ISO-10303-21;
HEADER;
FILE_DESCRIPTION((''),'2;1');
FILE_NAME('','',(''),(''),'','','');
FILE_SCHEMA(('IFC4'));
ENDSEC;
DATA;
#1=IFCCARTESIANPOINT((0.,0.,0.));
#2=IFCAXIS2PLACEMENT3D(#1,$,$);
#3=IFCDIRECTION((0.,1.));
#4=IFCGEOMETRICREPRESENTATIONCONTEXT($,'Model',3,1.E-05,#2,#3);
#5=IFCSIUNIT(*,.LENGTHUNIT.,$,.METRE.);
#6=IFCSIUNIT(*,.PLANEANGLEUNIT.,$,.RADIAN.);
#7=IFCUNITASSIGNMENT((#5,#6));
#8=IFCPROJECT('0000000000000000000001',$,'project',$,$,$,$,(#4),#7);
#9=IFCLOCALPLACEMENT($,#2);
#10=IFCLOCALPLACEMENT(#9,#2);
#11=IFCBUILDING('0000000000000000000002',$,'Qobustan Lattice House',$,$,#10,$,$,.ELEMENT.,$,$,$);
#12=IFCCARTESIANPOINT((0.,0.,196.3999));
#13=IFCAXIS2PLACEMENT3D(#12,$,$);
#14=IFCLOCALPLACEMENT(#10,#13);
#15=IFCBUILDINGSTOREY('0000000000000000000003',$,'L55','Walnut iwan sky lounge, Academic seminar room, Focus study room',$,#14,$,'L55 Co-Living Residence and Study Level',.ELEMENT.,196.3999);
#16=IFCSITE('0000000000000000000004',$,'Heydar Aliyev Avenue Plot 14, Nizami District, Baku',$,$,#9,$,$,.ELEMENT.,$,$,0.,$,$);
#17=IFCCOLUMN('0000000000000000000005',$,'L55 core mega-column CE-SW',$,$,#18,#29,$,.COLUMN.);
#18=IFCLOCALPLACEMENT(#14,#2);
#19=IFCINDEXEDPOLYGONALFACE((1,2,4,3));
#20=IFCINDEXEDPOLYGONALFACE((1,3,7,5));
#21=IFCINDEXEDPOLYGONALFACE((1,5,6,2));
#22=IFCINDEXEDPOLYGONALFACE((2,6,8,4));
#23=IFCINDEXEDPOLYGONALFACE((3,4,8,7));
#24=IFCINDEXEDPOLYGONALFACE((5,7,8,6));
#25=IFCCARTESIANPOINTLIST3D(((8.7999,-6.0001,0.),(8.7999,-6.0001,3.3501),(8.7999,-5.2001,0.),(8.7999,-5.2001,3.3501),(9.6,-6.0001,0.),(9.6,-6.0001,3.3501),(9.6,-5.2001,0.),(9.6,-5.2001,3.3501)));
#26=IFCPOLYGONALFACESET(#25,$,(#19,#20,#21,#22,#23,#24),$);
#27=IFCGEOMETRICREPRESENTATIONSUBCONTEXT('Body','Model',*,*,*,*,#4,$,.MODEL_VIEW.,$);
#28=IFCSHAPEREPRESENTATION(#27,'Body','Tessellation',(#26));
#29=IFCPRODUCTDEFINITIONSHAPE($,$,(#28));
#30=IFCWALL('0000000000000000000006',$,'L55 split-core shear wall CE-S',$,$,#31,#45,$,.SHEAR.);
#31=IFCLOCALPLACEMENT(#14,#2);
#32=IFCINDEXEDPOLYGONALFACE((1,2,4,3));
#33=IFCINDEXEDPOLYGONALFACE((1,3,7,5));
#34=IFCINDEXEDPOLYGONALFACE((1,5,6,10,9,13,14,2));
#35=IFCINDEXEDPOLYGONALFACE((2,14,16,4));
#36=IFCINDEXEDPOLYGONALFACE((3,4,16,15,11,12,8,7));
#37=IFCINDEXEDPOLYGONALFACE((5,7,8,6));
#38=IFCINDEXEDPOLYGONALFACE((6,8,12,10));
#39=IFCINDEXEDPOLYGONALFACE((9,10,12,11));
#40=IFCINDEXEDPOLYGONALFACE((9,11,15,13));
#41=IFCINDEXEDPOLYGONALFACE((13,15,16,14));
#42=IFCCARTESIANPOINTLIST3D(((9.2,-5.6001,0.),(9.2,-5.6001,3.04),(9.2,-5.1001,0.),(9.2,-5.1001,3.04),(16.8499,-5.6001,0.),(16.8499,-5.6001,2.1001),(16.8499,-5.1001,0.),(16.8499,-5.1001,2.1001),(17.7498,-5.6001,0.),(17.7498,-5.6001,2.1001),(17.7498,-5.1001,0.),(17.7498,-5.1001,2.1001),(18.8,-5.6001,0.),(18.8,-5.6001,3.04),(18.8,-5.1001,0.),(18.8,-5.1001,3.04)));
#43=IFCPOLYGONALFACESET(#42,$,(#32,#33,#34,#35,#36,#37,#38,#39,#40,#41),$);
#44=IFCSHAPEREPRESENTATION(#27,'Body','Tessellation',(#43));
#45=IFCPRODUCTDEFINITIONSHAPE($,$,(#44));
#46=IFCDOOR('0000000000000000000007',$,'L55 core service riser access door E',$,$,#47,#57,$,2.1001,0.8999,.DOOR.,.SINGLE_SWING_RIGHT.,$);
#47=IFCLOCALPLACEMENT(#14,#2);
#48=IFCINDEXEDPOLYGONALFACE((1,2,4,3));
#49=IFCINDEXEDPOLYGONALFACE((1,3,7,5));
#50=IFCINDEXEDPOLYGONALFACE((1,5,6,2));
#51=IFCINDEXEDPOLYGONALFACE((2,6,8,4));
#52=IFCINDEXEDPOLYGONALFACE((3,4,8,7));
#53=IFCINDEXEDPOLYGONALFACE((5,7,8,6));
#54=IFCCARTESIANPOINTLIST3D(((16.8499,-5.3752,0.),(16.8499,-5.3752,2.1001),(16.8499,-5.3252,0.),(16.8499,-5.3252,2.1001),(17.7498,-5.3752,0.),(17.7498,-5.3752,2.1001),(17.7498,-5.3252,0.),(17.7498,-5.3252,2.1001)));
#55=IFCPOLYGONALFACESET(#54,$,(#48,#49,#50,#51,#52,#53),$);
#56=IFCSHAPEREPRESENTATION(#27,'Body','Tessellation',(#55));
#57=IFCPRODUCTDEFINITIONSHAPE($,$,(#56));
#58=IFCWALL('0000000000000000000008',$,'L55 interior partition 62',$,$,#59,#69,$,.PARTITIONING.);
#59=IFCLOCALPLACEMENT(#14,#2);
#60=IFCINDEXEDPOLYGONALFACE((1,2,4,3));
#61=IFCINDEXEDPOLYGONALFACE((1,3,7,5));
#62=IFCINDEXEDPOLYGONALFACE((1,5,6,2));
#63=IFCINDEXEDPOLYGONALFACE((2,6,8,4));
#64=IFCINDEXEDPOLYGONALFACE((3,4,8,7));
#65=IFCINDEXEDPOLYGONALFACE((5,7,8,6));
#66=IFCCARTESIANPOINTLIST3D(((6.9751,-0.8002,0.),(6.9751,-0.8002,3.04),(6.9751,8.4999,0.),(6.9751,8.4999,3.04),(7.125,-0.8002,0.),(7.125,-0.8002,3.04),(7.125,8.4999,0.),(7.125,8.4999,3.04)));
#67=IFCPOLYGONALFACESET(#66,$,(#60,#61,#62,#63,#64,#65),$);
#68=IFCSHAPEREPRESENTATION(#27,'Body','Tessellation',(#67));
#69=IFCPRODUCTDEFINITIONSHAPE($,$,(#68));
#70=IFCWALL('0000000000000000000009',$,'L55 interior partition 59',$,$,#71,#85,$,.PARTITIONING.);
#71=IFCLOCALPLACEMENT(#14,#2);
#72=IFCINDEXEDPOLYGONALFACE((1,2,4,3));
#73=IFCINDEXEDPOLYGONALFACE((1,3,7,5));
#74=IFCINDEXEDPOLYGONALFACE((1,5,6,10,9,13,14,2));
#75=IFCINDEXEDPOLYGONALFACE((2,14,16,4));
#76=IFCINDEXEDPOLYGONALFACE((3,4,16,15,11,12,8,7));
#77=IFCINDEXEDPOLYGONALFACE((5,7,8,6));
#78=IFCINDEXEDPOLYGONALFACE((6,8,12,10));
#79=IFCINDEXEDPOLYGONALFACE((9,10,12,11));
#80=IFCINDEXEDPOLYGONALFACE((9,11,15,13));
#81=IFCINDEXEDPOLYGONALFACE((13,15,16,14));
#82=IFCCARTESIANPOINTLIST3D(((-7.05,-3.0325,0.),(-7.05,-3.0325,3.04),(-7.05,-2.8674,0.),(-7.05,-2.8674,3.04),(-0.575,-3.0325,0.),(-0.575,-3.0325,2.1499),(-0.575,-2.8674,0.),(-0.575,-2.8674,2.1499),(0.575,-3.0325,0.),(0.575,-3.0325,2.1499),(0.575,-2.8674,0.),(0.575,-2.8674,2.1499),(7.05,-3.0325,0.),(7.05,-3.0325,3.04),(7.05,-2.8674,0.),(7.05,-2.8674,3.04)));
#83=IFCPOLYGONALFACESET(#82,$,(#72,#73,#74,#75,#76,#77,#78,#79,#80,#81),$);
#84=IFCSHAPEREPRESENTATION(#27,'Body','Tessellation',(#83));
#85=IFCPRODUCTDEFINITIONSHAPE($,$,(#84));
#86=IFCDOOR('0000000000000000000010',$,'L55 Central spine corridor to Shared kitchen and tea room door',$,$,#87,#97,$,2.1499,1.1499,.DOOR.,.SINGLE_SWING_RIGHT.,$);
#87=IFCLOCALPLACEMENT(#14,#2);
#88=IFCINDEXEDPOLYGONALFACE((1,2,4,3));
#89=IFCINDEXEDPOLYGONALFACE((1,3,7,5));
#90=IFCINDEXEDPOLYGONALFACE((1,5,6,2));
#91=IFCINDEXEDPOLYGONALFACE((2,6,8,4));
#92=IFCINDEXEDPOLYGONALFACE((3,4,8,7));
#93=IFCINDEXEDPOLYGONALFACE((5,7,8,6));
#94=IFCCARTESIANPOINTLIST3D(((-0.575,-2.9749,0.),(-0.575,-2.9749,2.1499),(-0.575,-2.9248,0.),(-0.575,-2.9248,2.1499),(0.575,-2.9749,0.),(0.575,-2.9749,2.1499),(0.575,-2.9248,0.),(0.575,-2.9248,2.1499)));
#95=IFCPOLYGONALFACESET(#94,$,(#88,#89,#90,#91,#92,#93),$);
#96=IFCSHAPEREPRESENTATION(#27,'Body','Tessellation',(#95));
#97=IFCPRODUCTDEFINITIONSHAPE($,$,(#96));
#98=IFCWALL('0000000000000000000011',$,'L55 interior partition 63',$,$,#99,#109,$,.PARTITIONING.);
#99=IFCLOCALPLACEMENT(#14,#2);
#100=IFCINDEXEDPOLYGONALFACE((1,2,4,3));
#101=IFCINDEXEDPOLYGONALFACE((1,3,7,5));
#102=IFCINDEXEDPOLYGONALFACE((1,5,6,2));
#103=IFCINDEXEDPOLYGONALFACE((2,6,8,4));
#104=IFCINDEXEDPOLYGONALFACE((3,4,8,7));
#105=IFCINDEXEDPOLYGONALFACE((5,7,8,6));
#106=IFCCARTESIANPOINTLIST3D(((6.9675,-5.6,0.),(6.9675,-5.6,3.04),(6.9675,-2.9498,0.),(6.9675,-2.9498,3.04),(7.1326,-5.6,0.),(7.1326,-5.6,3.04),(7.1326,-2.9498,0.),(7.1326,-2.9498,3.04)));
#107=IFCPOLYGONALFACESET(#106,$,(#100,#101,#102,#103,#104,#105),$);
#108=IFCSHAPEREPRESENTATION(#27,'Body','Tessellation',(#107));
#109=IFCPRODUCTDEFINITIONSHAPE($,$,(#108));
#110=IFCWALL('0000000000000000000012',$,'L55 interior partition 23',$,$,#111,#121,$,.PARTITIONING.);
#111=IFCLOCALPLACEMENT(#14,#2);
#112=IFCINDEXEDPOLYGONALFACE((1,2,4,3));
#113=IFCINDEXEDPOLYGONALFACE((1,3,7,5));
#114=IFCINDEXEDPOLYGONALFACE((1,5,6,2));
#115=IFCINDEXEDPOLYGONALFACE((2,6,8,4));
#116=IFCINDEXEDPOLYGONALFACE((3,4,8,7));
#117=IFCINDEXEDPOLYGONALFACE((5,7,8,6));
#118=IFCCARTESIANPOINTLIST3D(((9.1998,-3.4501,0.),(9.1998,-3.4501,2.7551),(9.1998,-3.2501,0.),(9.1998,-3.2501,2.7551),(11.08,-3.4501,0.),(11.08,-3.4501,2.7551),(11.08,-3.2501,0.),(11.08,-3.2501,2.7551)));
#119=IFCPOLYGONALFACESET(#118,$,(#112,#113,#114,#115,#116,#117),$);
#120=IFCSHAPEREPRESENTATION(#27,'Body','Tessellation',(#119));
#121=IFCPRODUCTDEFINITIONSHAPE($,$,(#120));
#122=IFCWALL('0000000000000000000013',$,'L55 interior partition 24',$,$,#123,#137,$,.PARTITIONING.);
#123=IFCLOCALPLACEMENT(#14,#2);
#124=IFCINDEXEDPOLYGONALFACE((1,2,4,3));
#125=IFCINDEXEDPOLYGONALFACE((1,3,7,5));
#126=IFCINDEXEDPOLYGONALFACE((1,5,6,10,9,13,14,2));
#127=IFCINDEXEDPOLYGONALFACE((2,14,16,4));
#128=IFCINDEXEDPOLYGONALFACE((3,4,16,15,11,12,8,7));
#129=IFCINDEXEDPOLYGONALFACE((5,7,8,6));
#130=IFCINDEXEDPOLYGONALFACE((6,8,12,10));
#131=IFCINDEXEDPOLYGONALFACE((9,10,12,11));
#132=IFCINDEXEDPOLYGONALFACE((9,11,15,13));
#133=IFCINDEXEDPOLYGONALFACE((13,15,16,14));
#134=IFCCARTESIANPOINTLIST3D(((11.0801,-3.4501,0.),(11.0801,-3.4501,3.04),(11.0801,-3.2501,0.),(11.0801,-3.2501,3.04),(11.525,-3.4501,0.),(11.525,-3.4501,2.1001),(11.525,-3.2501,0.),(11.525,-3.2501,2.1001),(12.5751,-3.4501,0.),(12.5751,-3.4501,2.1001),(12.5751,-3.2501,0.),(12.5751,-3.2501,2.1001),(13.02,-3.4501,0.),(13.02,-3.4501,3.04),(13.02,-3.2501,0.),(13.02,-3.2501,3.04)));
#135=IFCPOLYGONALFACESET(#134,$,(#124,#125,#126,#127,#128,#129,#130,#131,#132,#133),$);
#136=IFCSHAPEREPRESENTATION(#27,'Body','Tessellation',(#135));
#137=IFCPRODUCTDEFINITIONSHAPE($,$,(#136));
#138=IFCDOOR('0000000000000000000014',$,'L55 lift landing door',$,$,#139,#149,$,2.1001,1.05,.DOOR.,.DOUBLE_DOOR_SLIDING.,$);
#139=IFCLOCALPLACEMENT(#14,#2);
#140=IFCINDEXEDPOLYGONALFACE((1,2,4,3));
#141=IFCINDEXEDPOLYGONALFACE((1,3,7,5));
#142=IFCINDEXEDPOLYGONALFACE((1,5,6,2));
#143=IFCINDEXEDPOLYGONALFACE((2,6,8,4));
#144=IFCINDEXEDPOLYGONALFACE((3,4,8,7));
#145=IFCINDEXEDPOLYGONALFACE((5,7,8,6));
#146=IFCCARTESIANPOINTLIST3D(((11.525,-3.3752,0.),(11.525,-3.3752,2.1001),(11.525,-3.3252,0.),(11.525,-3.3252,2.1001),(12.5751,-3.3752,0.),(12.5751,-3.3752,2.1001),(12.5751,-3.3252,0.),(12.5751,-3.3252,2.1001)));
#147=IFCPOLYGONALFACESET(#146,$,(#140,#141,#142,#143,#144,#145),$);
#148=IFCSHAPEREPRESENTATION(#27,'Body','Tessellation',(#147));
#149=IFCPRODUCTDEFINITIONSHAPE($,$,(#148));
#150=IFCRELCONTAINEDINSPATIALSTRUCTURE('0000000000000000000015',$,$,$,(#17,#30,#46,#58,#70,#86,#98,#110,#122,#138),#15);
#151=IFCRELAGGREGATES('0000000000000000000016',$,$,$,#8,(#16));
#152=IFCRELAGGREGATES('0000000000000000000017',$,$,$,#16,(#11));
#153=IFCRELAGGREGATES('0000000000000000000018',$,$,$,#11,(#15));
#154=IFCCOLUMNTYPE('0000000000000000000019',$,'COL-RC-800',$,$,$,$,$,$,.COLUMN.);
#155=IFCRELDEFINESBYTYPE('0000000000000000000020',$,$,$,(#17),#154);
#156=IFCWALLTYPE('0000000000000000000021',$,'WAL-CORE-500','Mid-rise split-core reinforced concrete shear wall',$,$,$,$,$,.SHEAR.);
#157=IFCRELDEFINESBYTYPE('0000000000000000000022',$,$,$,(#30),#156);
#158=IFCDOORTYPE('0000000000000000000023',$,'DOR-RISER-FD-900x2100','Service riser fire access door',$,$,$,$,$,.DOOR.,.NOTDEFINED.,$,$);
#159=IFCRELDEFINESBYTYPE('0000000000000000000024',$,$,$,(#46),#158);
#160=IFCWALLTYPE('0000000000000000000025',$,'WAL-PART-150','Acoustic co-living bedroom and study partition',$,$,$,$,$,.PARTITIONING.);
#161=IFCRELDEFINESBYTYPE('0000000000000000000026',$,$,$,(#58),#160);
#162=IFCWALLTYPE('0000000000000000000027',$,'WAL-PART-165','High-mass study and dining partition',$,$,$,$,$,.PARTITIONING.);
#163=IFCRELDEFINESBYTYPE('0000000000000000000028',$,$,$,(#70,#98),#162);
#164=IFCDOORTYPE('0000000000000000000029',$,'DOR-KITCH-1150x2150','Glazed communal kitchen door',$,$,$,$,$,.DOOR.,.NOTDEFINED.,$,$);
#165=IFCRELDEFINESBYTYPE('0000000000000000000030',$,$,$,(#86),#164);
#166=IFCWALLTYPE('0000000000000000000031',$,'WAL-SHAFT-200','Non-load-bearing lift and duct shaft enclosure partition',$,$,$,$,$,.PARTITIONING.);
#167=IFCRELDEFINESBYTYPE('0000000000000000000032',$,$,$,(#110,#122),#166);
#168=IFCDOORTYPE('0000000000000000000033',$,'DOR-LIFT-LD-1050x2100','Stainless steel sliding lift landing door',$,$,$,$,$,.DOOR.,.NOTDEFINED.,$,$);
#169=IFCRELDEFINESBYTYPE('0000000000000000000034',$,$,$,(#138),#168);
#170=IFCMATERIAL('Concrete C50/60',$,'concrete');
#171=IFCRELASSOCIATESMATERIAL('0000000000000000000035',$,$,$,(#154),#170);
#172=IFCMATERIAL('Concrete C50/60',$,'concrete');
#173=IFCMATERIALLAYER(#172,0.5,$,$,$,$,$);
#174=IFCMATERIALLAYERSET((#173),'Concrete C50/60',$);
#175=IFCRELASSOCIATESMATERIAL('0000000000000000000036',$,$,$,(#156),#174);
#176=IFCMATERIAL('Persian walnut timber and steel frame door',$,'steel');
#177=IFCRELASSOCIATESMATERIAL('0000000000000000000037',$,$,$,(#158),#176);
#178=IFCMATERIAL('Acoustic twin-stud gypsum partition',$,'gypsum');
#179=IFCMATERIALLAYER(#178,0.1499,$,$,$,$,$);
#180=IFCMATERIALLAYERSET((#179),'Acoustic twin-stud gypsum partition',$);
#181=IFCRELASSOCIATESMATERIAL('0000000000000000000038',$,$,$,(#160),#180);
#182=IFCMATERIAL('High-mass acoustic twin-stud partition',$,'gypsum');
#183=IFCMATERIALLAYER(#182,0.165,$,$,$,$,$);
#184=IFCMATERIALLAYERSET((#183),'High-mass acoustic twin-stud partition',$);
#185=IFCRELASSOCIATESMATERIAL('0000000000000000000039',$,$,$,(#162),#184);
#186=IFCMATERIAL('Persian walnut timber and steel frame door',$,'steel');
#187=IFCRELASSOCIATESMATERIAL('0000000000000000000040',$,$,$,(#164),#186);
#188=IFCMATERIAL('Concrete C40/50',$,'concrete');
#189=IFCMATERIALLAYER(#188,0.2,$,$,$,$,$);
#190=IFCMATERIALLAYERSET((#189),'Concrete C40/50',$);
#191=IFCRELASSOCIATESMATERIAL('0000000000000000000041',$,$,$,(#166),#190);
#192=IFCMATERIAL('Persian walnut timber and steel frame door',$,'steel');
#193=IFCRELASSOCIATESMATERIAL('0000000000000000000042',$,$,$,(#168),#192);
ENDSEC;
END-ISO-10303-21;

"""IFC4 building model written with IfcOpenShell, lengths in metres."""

from ifc_helpers import new_model, si_unit, direction, frame, frame_2d, origin, origin_2d, place, context, subcontext, project, spatial, rectangle, extrude, material, layer, layer_set, material_profile, profile_set, type_object, element, fill, save


model = new_model("IFC4")

# Units and contexts
model_context = context("Model", 3, precision=1e-05, world=origin(), true_north=direction((0.0, 1.0)))
body_context = subcontext(model_context, "Body", "Model", "MODEL_VIEW")
ifc_project = project(units=[si_unit("LENGTHUNIT", "METRE"), si_unit("PLANEANGLEUNIT", "RADIAN")], contexts=[model_context])

# Site, building, storey
site_placement = place(None, origin())
site = spatial("IfcSite", under=ifc_project, at=site_placement, Name="Heydar Aliyev Avenue Plot 14, Nizami District, Baku", CompositionType="ELEMENT", RefElevation=0.0)
building_placement = place(site_placement, origin())
building = spatial("IfcBuilding", under=site, at=building_placement, Name="Qobustan Lattice House", CompositionType="ELEMENT")
storey_placement = place(building_placement, frame((0.0, 0.0, 196.3999)))
storey = spatial("IfcBuildingStorey", under=building, at=storey_placement, Name="L55", Description="Walnut iwan sky lounge, Academic seminar room, Focus study room", LongName="L55 Co-Living Residence and Study Level", CompositionType="ELEMENT", Elevation=196.3999)

# Column
ifc_material_1 = material(Name="Concrete C50/60", Category="concrete")
ifc_material_profile = material_profile(ifc_material_1, rectangle(XDim=0.8, YDim=0.8, at=origin_2d()), Name="RC800x800")
ifc_profile_set = profile_set([ifc_material_profile], Name="Concrete C50/60")
column_type = type_object("IfcColumnType", Name="COL-RC-800", PredefinedType="COLUMN", material=ifc_profile_set)
column_placement = place(storey_placement, frame((9.2, -5.6001, 0.0), z_axis=(0.0, 0.0, 1.0), x_axis=(1.0, 0.0, 0.0)))
element("IfcColumn", 1, at=column_placement, inside=storey, type_object=column_type, Name="L55 core mega-column CE-SW", PredefinedType="COLUMN", context=body_context, shape_type="SweptSolid", body=[
    extrude(rectangle(XDim=0.8, YDim=0.8, at=origin_2d()), origin(), (0.0, 0.0, 1.0), 3.3501),
])

# Wall, opening, door
ifc_material_2 = material(Name="Concrete C50/60", Category="concrete")
ifc_layer_1 = layer(ifc_material_2, 0.5)
ifc_layer_set_1 = layer_set([ifc_layer_1], Name="Concrete C50/60")
wall_type_1 = type_object("IfcWallType", Name="WAL-CORE-500", Description="Mid-rise split-core reinforced concrete shear wall", PredefinedType="SHEAR", material=ifc_layer_set_1)
wall_1_placement = place(storey_placement, frame((9.2, -5.3501, 0.0), z_axis=(0.0, 0.0, 1.0), x_axis=(1.0, 0.0, 0.0)))
wall_1 = element("IfcWall", 2, at=wall_1_placement, inside=storey, type_object=wall_type_1, Name="L55 split-core shear wall CE-S", PredefinedType="SHEAR", context=body_context, shape_type="SweptSolid", body=[
    extrude(rectangle(XDim=9.6001, YDim=0.5, at=frame_2d((4.8, 0.0))), origin(), (0.0, 0.0, 1.0), 3.04),
])
opening_1_placement = place(wall_1_placement, frame((7.6499, 0.0, 0.0)))
opening_1 = element("IfcOpeningElement", 3, at=opening_1_placement, cuts=wall_1, PredefinedType="OPENING", context=body_context, shape_type="SweptSolid", body=[
    extrude(rectangle(XDim=0.8999, YDim=2.1001, at=frame_2d((0.45, 1.05))), frame((0.0, 0.26, 0.0), z_axis=(0.0, -1.0, 0.0), x_axis=(1.0, 0.0, 0.0)), (0.0, 0.0, 1.0), 0.52),
])
ifc_material_3 = material(Name="Persian walnut timber and steel frame door", Category="steel")
door_type_1 = type_object("IfcDoorType", Name="DOR-RISER-FD-900x2100", Description="Service riser fire access door", OperationType="NOTDEFINED", PredefinedType="DOOR", material=ifc_material_3)
door_1_placement = place(opening_1_placement, origin())
door_1 = element("IfcDoor", 4, at=door_1_placement, inside=storey, type_object=door_type_1, Name="L55 core service riser access door E", OperationType="SINGLE_SWING_RIGHT", OverallHeight=2.1001, OverallWidth=0.8999, PredefinedType="DOOR", context=body_context, shape_type="SweptSolid", body=[
    extrude(rectangle(XDim=0.8999, YDim=2.1001, at=frame_2d((0.45, 1.05))), frame((0.0, 0.0249, 0.0), z_axis=(0.0, -1.0, 0.0), x_axis=(1.0, 0.0, 0.0)), (0.0, 0.0, 1.0), 0.05),
])
fill(opening_1, door_1)

# Wall
ifc_material_4 = material(Name="Acoustic twin-stud gypsum partition", Category="gypsum")
ifc_layer_2 = layer(ifc_material_4, 0.1499)
ifc_layer_set_2 = layer_set([ifc_layer_2], Name="Acoustic twin-stud gypsum partition")
wall_type_2 = type_object("IfcWallType", Name="WAL-PART-150", Description="Acoustic co-living bedroom and study partition", PredefinedType="PARTITIONING", material=ifc_layer_set_2)
wall_2_placement = place(storey_placement, frame((7.05, -0.8, 0.0), z_axis=(0.0, 0.0, 1.0), x_axis=(0.0, 1.0, 0.0)))
element("IfcWall", 5, at=wall_2_placement, inside=storey, type_object=wall_type_2, Name="L55 interior partition 62", PredefinedType="PARTITIONING", context=body_context, shape_type="SweptSolid", body=[
    extrude(rectangle(XDim=9.3, YDim=0.1499, at=frame_2d((4.6499, 0.0))), origin(), (0.0, 0.0, 1.0), 3.04),
])

# Wall, opening, door
ifc_material_5 = material(Name="High-mass acoustic twin-stud partition", Category="gypsum")
ifc_layer_3 = layer(ifc_material_5, 0.165)
ifc_layer_set_3 = layer_set([ifc_layer_3], Name="High-mass acoustic twin-stud partition")
wall_type_3 = type_object("IfcWallType", Name="WAL-PART-165", Description="High-mass study and dining partition", PredefinedType="PARTITIONING", material=ifc_layer_set_3)
wall_3_placement = place(storey_placement, frame((7.05, -2.95, 0.0), z_axis=(0.0, 0.0, 1.0), x_axis=(-1.0, 0.0, 0.0)))
wall_3 = element("IfcWall", 6, at=wall_3_placement, inside=storey, type_object=wall_type_3, Name="L55 interior partition 59", PredefinedType="PARTITIONING", context=body_context, shape_type="SweptSolid", body=[
    extrude(rectangle(XDim=14.1001, YDim=0.165, at=frame_2d((7.05, 0.0))), origin(), (0.0, 0.0, 1.0), 3.04),
])
opening_2_placement = place(wall_3_placement, frame((6.4751, 0.0, 0.0)))
opening_2 = element("IfcOpeningElement", 7, at=opening_2_placement, cuts=wall_3, PredefinedType="OPENING", context=body_context, shape_type="SweptSolid", body=[
    extrude(rectangle(XDim=1.1499, YDim=2.1499, at=frame_2d((0.575, 1.075))), frame((0.0, 0.0925, 0.0), z_axis=(0.0, -1.0, 0.0), x_axis=(1.0, 0.0, 0.0)), (0.0, 0.0, 1.0), 0.1851),
])
ifc_material_6 = material(Name="Persian walnut timber and steel frame door", Category="steel")
door_type_2 = type_object("IfcDoorType", Name="DOR-KITCH-1150x2150", Description="Glazed communal kitchen door", OperationType="NOTDEFINED", PredefinedType="DOOR", material=ifc_material_6)
door_2_placement = place(opening_2_placement, origin())
door_2 = element("IfcDoor", 8, at=door_2_placement, inside=storey, type_object=door_type_2, Name="L55 Central spine corridor to Shared kitchen and tea room door", OperationType="SINGLE_SWING_RIGHT", OverallHeight=2.1499, OverallWidth=1.1499, PredefinedType="DOOR", context=body_context, shape_type="SweptSolid", body=[
    extrude(rectangle(XDim=1.1499, YDim=2.1499, at=frame_2d((0.575, 1.075))), frame((0.0, 0.0249, 0.0), z_axis=(0.0, -1.0, 0.0), x_axis=(1.0, 0.0, 0.0)), (0.0, 0.0, 1.0), 0.05),
])
fill(opening_2, door_2)

# Walls
wall_4_placement = place(storey_placement, frame((7.05, -5.6001, 0.0), z_axis=(0.0, 0.0, 1.0), x_axis=(0.0, 1.0, 0.0)))
element("IfcWall", 9, at=wall_4_placement, inside=storey, type_object=wall_type_3, Name="L55 interior partition 63", PredefinedType="PARTITIONING", context=body_context, shape_type="SweptSolid", body=[
    extrude(rectangle(XDim=2.6501, YDim=0.165, at=frame_2d((1.3252, 0.0))), origin(), (0.0, 0.0, 1.0), 3.04),
])
ifc_material_7 = material(Name="Concrete C40/50", Category="concrete")
ifc_layer_4 = layer(ifc_material_7, 0.2)
ifc_layer_set_4 = layer_set([ifc_layer_4], Name="Concrete C40/50")
wall_type_4 = type_object("IfcWallType", Name="WAL-SHAFT-200", Description="Non-load-bearing lift and duct shaft enclosure partition", PredefinedType="PARTITIONING", material=ifc_layer_set_4)
wall_5_placement = place(storey_placement, frame((9.2, -3.3501, 0.0), z_axis=(0.0, 0.0, 1.0), x_axis=(1.0, 0.0, 0.0)))
element("IfcWall", 10, at=wall_5_placement, inside=storey, type_object=wall_type_4, Name="L55 interior partition 23", PredefinedType="PARTITIONING", context=body_context, shape_type="SweptSolid", body=[
    extrude(rectangle(XDim=1.8801, YDim=0.2, at=frame_2d((0.9399, 0.0))), origin(), (0.0, 0.0, 1.0), 2.7551),
])

# Wall, opening, door
wall_6_placement = place(storey_placement, frame((11.0801, -3.3501, 0.0), z_axis=(0.0, 0.0, 1.0), x_axis=(1.0, 0.0, 0.0)))
wall_6 = element("IfcWall", 11, at=wall_6_placement, inside=storey, type_object=wall_type_4, Name="L55 interior partition 24", PredefinedType="PARTITIONING", context=body_context, shape_type="SweptSolid", body=[
    extrude(rectangle(XDim=1.9399, YDim=0.2, at=frame_2d((0.97, 0.0))), origin(), (0.0, 0.0, 1.0), 3.04),
])
opening_3_placement = place(wall_6_placement, frame((0.4451, 0.0, 0.0)))
opening_3 = element("IfcOpeningElement", 12, at=opening_3_placement, cuts=wall_6, PredefinedType="OPENING", context=body_context, shape_type="SweptSolid", body=[
    extrude(rectangle(XDim=1.05, YDim=2.1001, at=frame_2d((0.5249, 1.05))), frame((0.0, 0.1099, 0.0), z_axis=(0.0, -1.0, 0.0), x_axis=(1.0, 0.0, 0.0)), (0.0, 0.0, 1.0), 0.22),
])
ifc_material_8 = material(Name="Persian walnut timber and steel frame door", Category="steel")
door_type_3 = type_object("IfcDoorType", Name="DOR-LIFT-LD-1050x2100", Description="Stainless steel sliding lift landing door", OperationType="NOTDEFINED", PredefinedType="DOOR", material=ifc_material_8)
door_3_placement = place(opening_3_placement, origin())
door_3 = element("IfcDoor", 13, at=door_3_placement, inside=storey, type_object=door_type_3, Name="L55 lift landing door", OperationType="DOUBLE_DOOR_SLIDING", OverallHeight=2.1001, OverallWidth=1.05, PredefinedType="DOOR", context=body_context, shape_type="SweptSolid", body=[
    extrude(rectangle(XDim=1.05, YDim=2.1001, at=frame_2d((0.5249, 1.05))), frame((0.0, 0.0249, 0.0), z_axis=(0.0, -1.0, 0.0), x_axis=(1.0, 0.0, 0.0)), (0.0, 0.0, 1.0), 0.05),
])
fill(opening_3, door_3)

save(model, "model.ifc")
